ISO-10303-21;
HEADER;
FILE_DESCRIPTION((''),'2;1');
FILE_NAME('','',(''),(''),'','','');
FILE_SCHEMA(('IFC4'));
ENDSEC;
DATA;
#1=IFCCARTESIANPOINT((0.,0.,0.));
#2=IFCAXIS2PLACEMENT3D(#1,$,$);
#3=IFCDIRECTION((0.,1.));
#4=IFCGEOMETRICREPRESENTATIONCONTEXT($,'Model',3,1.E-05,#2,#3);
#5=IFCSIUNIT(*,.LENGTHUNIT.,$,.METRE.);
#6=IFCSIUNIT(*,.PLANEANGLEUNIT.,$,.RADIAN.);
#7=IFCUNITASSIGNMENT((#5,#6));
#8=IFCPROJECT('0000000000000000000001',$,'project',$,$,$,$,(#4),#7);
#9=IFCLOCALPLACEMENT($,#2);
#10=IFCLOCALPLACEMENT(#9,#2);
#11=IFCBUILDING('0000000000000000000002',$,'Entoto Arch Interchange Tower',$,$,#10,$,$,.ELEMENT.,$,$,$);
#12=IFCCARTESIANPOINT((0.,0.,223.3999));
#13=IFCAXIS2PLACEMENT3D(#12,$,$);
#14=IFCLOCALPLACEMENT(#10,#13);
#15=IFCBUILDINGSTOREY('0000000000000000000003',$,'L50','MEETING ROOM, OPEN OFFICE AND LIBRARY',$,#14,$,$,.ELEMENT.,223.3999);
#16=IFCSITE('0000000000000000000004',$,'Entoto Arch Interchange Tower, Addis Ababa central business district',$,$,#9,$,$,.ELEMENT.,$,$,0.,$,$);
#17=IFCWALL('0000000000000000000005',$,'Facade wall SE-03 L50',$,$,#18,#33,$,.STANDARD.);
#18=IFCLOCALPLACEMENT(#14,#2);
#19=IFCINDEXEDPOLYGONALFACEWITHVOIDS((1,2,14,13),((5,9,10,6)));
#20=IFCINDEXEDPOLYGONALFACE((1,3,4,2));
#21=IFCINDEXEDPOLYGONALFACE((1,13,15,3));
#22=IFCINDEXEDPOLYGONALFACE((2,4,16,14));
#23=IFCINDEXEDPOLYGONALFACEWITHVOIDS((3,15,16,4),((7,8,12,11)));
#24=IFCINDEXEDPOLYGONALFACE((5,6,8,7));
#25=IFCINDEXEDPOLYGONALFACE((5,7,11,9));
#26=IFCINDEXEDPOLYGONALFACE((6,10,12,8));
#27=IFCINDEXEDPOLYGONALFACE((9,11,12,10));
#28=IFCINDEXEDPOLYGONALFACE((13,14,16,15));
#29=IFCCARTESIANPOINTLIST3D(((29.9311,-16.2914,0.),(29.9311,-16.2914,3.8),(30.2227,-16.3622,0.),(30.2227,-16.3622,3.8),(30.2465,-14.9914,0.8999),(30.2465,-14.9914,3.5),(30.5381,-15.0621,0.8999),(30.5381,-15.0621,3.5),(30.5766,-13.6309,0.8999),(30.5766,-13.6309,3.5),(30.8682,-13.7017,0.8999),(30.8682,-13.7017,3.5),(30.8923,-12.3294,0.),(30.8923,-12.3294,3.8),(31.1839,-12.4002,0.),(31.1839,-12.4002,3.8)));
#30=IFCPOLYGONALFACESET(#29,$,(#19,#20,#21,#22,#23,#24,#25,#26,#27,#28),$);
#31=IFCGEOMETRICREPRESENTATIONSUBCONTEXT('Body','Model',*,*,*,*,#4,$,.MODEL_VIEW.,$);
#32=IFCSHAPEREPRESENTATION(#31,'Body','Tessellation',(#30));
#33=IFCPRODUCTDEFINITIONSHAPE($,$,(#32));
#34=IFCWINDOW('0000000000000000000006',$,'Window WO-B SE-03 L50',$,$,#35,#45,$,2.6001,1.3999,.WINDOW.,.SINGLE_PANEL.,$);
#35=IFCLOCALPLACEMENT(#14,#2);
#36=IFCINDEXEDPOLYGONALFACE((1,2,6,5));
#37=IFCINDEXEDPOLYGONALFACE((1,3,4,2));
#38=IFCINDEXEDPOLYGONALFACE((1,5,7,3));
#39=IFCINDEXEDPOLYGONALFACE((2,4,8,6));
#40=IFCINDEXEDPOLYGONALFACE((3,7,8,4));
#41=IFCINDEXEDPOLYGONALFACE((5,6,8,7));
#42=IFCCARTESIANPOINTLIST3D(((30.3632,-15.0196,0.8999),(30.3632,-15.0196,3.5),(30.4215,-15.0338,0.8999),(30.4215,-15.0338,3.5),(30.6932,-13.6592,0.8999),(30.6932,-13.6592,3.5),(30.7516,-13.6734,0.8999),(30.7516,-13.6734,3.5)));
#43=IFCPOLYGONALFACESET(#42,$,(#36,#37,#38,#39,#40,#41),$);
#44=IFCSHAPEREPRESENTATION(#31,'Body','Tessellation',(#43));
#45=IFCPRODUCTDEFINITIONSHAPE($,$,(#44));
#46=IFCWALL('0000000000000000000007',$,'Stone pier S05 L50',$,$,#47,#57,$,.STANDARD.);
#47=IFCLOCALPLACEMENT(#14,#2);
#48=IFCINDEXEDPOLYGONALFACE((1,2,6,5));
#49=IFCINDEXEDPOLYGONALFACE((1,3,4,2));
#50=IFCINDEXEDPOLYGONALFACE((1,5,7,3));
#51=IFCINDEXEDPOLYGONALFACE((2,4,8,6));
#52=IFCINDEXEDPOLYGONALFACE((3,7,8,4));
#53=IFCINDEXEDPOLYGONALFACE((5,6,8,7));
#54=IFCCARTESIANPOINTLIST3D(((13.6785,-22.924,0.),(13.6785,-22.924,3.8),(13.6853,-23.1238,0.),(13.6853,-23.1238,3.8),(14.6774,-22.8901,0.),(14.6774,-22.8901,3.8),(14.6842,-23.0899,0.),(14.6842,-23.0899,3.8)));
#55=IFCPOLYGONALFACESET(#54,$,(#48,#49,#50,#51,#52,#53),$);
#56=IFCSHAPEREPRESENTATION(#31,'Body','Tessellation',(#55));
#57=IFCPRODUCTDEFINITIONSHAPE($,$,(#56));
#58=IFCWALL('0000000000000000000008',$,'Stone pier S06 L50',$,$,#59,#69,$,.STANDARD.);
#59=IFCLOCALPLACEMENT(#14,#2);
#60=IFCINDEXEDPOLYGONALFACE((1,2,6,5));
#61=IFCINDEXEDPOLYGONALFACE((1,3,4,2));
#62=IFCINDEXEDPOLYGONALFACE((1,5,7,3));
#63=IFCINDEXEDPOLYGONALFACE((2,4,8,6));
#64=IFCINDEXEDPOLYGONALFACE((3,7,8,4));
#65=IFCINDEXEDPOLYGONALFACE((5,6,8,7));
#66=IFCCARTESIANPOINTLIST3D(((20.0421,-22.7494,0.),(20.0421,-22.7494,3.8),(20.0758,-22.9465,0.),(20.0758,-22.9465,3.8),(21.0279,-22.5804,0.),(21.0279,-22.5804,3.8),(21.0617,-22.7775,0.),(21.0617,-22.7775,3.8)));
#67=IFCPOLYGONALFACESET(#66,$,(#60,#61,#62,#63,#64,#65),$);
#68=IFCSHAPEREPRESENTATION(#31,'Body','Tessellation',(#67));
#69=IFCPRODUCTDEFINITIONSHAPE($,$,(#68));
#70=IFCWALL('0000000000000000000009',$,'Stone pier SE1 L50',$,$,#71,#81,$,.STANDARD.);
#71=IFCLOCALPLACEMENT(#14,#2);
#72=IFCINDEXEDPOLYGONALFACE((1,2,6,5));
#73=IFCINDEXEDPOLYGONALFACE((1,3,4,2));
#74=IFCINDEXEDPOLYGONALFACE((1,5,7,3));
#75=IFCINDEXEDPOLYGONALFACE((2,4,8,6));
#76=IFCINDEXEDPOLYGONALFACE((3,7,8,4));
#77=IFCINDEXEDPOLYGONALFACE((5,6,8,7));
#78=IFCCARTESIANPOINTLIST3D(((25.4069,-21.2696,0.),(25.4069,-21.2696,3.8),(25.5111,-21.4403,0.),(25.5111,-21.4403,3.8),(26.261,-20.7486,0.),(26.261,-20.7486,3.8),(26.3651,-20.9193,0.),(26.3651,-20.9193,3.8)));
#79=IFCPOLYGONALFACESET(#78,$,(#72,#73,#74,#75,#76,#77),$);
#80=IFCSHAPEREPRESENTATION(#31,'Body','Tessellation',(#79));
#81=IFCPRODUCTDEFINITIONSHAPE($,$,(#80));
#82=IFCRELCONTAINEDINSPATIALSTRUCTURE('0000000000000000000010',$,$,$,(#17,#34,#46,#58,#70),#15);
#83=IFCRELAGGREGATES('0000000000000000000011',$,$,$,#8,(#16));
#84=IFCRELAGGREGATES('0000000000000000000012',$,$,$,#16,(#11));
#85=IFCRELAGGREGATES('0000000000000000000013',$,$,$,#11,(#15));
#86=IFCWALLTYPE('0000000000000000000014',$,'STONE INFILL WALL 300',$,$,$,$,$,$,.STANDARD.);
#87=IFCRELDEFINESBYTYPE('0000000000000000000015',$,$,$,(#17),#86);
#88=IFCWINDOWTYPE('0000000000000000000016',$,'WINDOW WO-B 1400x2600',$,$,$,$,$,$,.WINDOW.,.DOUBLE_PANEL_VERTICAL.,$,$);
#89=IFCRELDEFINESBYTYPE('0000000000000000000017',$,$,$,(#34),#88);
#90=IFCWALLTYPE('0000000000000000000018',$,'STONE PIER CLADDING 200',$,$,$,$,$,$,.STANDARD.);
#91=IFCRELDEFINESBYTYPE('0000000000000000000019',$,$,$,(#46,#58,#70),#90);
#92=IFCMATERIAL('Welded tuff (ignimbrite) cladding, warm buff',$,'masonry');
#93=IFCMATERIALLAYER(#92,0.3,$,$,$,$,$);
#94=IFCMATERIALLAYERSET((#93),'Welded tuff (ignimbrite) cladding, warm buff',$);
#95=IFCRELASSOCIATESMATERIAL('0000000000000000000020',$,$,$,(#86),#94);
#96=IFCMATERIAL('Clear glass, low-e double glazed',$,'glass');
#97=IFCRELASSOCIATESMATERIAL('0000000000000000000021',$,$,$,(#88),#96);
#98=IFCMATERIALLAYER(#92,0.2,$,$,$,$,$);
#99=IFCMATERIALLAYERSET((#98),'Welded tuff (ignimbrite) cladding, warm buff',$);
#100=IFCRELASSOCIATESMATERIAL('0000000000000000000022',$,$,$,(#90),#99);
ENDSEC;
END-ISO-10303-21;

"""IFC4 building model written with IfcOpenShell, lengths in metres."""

from ifc_helpers import new_model, si_unit, direction, frame, frame_2d, origin, place, context, subcontext, project, spatial, rectangle, extrude, material, layer, layer_set, type_object, element, fill, save


model = new_model("IFC4")

# Units and contexts
model_context = context("Model", 3, precision=1e-05, world=origin(), true_north=direction((0.0, 1.0)))
body_context = subcontext(model_context, "Body", "Model", "MODEL_VIEW")
ifc_project = project(units=[si_unit("LENGTHUNIT", "METRE"), si_unit("PLANEANGLEUNIT", "RADIAN")], contexts=[model_context])

# Site, building, storey
site_placement = place(None, origin())
site = spatial("IfcSite", under=ifc_project, at=site_placement, Name="Entoto Arch Interchange Tower, Addis Ababa central business district", CompositionType="ELEMENT", RefElevation=0.0)
building_placement = place(site_placement, origin())
building = spatial("IfcBuilding", under=site, at=building_placement, Name="Entoto Arch Interchange Tower", CompositionType="ELEMENT")
storey_placement = place(building_placement, frame((0.0, 0.0, 223.3999)))
storey = spatial("IfcBuildingStorey", under=building, at=storey_placement, Name="L50", Description="MEETING ROOM, OPEN OFFICE AND LIBRARY", CompositionType="ELEMENT", Elevation=223.3999)

# Shared definitions
ifc_material_1 = material(Name="Welded tuff (ignimbrite) cladding, warm buff", Category="masonry")
ifc_layer_1 = layer(ifc_material_1, 0.3)
ifc_layer_set_1 = layer_set([ifc_layer_1], Name="Welded tuff (ignimbrite) cladding, warm buff")
wall_type_1 = type_object("IfcWallType", Name="STONE INFILL WALL 300", PredefinedType="STANDARD", material=ifc_layer_set_1)
ifc_material_2 = material(Name="Clear glass, low-e double glazed", Category="glass")
window_type = type_object("IfcWindowType", Name="WINDOW WO-B 1400x2600", PartitioningType="DOUBLE_PANEL_VERTICAL", PredefinedType="WINDOW", material=ifc_material_2)

# Wall, opening, window
wall_1_placement = place(storey_placement, frame((30.0769, -16.3269, 0.0), z_axis=(0.0, 0.0, 1.0), x_axis=(0.235766, 0.97181, 0.0)))
wall_1 = element("IfcWall", 1, at=wall_1_placement, inside=storey, type_object=wall_type_1, Name="Facade wall SE-03 L50", PredefinedType="STANDARD", context=body_context, shape_type="SweptSolid", body=[
    extrude(rectangle(XDim=4.0769, YDim=0.3, at=frame_2d((2.0386, 0.0))), origin(), (0.0, 0.0, 1.0), 3.8),
])
opening_1_placement = place(wall_1_placement, frame((1.3379, 0.0, 0.8999)))
opening_1 = element("IfcOpeningElement", 2, at=opening_1_placement, cuts=wall_1, PredefinedType="OPENING", context=body_context, shape_type="SweptSolid", body=[
    extrude(rectangle(XDim=1.3999, YDim=2.6001, at=frame_2d((0.7, 1.3))), frame((0.0, 0.1602, 0.0), z_axis=(0.0, -1.0, 0.0), x_axis=(1.0, 0.0, 0.0)), (0.0, 0.0, 1.0), 0.3201),
])
window_1_placement = place(opening_1_placement, origin())
window_1 = element("IfcWindow", 3, at=window_1_placement, inside=storey, type_object=window_type, Name="Window WO-B SE-03 L50", OverallHeight=2.6001, OverallWidth=1.3999, PartitioningType="SINGLE_PANEL", PredefinedType="WINDOW", context=body_context, shape_type="SweptSolid", body=[
    extrude(rectangle(XDim=1.3999, YDim=2.6001, at=frame_2d((0.7, 1.3))), frame((0.0, 0.03, 0.0), z_axis=(0.0, -1.0, 0.0), x_axis=(1.0, 0.0, 0.0)), (0.0, 0.0, 1.0), 0.0601),
])
fill(opening_1, window_1)

# Walls
ifc_layer_2 = layer(ifc_material_1, 0.2)
ifc_layer_set_2 = layer_set([ifc_layer_2], Name="Welded tuff (ignimbrite) cladding, warm buff")
wall_type_2 = type_object("IfcWallType", Name="STONE PIER CLADDING 200", PredefinedType="STANDARD", material=ifc_layer_set_2)
wall_2_placement = place(storey_placement, frame((13.6819, -23.0239, 0.0), z_axis=(0.0, 0.0, 1.0), x_axis=(0.999424, 0.033949, 0.0)))
element("IfcWall", 4, at=wall_2_placement, inside=storey, type_object=wall_type_2, Name="Stone pier S05 L50", PredefinedType="STANDARD", context=body_context, shape_type="SweptSolid", body=[
    extrude(rectangle(XDim=0.9995, YDim=0.2, at=frame_2d((0.4998, 0.0))), origin(), (0.0, 0.0, 1.0), 3.8),
])
wall_3_placement = place(storey_placement, frame((20.0591, -22.8479, 0.0), z_axis=(0.0, 0.0, 1.0), x_axis=(0.985632, 0.16891, 0.0)))
element("IfcWall", 5, at=wall_3_placement, inside=storey, type_object=wall_type_2, Name="Stone pier S06 L50", PredefinedType="STANDARD", context=body_context, shape_type="SweptSolid", body=[
    extrude(rectangle(XDim=1.0002, YDim=0.2, at=frame_2d((0.5, 0.0))), origin(), (0.0, 0.0, 1.0), 3.8),
])
wall_4_placement = place(storey_placement, frame((25.459, -21.355, 0.0), z_axis=(0.0, 0.0, 1.0), x_axis=(0.85368, 0.520798, 0.0)))
element("IfcWall", 6, at=wall_4_placement, inside=storey, type_object=wall_type_2, Name="Stone pier SE1 L50", PredefinedType="STANDARD", context=body_context, shape_type="SweptSolid", body=[
    extrude(rectangle(XDim=1.0005, YDim=0.2, at=frame_2d((0.5002, 0.0))), origin(), (0.0, 0.0, 1.0), 3.8),
])

save(model, "model.ifc")
